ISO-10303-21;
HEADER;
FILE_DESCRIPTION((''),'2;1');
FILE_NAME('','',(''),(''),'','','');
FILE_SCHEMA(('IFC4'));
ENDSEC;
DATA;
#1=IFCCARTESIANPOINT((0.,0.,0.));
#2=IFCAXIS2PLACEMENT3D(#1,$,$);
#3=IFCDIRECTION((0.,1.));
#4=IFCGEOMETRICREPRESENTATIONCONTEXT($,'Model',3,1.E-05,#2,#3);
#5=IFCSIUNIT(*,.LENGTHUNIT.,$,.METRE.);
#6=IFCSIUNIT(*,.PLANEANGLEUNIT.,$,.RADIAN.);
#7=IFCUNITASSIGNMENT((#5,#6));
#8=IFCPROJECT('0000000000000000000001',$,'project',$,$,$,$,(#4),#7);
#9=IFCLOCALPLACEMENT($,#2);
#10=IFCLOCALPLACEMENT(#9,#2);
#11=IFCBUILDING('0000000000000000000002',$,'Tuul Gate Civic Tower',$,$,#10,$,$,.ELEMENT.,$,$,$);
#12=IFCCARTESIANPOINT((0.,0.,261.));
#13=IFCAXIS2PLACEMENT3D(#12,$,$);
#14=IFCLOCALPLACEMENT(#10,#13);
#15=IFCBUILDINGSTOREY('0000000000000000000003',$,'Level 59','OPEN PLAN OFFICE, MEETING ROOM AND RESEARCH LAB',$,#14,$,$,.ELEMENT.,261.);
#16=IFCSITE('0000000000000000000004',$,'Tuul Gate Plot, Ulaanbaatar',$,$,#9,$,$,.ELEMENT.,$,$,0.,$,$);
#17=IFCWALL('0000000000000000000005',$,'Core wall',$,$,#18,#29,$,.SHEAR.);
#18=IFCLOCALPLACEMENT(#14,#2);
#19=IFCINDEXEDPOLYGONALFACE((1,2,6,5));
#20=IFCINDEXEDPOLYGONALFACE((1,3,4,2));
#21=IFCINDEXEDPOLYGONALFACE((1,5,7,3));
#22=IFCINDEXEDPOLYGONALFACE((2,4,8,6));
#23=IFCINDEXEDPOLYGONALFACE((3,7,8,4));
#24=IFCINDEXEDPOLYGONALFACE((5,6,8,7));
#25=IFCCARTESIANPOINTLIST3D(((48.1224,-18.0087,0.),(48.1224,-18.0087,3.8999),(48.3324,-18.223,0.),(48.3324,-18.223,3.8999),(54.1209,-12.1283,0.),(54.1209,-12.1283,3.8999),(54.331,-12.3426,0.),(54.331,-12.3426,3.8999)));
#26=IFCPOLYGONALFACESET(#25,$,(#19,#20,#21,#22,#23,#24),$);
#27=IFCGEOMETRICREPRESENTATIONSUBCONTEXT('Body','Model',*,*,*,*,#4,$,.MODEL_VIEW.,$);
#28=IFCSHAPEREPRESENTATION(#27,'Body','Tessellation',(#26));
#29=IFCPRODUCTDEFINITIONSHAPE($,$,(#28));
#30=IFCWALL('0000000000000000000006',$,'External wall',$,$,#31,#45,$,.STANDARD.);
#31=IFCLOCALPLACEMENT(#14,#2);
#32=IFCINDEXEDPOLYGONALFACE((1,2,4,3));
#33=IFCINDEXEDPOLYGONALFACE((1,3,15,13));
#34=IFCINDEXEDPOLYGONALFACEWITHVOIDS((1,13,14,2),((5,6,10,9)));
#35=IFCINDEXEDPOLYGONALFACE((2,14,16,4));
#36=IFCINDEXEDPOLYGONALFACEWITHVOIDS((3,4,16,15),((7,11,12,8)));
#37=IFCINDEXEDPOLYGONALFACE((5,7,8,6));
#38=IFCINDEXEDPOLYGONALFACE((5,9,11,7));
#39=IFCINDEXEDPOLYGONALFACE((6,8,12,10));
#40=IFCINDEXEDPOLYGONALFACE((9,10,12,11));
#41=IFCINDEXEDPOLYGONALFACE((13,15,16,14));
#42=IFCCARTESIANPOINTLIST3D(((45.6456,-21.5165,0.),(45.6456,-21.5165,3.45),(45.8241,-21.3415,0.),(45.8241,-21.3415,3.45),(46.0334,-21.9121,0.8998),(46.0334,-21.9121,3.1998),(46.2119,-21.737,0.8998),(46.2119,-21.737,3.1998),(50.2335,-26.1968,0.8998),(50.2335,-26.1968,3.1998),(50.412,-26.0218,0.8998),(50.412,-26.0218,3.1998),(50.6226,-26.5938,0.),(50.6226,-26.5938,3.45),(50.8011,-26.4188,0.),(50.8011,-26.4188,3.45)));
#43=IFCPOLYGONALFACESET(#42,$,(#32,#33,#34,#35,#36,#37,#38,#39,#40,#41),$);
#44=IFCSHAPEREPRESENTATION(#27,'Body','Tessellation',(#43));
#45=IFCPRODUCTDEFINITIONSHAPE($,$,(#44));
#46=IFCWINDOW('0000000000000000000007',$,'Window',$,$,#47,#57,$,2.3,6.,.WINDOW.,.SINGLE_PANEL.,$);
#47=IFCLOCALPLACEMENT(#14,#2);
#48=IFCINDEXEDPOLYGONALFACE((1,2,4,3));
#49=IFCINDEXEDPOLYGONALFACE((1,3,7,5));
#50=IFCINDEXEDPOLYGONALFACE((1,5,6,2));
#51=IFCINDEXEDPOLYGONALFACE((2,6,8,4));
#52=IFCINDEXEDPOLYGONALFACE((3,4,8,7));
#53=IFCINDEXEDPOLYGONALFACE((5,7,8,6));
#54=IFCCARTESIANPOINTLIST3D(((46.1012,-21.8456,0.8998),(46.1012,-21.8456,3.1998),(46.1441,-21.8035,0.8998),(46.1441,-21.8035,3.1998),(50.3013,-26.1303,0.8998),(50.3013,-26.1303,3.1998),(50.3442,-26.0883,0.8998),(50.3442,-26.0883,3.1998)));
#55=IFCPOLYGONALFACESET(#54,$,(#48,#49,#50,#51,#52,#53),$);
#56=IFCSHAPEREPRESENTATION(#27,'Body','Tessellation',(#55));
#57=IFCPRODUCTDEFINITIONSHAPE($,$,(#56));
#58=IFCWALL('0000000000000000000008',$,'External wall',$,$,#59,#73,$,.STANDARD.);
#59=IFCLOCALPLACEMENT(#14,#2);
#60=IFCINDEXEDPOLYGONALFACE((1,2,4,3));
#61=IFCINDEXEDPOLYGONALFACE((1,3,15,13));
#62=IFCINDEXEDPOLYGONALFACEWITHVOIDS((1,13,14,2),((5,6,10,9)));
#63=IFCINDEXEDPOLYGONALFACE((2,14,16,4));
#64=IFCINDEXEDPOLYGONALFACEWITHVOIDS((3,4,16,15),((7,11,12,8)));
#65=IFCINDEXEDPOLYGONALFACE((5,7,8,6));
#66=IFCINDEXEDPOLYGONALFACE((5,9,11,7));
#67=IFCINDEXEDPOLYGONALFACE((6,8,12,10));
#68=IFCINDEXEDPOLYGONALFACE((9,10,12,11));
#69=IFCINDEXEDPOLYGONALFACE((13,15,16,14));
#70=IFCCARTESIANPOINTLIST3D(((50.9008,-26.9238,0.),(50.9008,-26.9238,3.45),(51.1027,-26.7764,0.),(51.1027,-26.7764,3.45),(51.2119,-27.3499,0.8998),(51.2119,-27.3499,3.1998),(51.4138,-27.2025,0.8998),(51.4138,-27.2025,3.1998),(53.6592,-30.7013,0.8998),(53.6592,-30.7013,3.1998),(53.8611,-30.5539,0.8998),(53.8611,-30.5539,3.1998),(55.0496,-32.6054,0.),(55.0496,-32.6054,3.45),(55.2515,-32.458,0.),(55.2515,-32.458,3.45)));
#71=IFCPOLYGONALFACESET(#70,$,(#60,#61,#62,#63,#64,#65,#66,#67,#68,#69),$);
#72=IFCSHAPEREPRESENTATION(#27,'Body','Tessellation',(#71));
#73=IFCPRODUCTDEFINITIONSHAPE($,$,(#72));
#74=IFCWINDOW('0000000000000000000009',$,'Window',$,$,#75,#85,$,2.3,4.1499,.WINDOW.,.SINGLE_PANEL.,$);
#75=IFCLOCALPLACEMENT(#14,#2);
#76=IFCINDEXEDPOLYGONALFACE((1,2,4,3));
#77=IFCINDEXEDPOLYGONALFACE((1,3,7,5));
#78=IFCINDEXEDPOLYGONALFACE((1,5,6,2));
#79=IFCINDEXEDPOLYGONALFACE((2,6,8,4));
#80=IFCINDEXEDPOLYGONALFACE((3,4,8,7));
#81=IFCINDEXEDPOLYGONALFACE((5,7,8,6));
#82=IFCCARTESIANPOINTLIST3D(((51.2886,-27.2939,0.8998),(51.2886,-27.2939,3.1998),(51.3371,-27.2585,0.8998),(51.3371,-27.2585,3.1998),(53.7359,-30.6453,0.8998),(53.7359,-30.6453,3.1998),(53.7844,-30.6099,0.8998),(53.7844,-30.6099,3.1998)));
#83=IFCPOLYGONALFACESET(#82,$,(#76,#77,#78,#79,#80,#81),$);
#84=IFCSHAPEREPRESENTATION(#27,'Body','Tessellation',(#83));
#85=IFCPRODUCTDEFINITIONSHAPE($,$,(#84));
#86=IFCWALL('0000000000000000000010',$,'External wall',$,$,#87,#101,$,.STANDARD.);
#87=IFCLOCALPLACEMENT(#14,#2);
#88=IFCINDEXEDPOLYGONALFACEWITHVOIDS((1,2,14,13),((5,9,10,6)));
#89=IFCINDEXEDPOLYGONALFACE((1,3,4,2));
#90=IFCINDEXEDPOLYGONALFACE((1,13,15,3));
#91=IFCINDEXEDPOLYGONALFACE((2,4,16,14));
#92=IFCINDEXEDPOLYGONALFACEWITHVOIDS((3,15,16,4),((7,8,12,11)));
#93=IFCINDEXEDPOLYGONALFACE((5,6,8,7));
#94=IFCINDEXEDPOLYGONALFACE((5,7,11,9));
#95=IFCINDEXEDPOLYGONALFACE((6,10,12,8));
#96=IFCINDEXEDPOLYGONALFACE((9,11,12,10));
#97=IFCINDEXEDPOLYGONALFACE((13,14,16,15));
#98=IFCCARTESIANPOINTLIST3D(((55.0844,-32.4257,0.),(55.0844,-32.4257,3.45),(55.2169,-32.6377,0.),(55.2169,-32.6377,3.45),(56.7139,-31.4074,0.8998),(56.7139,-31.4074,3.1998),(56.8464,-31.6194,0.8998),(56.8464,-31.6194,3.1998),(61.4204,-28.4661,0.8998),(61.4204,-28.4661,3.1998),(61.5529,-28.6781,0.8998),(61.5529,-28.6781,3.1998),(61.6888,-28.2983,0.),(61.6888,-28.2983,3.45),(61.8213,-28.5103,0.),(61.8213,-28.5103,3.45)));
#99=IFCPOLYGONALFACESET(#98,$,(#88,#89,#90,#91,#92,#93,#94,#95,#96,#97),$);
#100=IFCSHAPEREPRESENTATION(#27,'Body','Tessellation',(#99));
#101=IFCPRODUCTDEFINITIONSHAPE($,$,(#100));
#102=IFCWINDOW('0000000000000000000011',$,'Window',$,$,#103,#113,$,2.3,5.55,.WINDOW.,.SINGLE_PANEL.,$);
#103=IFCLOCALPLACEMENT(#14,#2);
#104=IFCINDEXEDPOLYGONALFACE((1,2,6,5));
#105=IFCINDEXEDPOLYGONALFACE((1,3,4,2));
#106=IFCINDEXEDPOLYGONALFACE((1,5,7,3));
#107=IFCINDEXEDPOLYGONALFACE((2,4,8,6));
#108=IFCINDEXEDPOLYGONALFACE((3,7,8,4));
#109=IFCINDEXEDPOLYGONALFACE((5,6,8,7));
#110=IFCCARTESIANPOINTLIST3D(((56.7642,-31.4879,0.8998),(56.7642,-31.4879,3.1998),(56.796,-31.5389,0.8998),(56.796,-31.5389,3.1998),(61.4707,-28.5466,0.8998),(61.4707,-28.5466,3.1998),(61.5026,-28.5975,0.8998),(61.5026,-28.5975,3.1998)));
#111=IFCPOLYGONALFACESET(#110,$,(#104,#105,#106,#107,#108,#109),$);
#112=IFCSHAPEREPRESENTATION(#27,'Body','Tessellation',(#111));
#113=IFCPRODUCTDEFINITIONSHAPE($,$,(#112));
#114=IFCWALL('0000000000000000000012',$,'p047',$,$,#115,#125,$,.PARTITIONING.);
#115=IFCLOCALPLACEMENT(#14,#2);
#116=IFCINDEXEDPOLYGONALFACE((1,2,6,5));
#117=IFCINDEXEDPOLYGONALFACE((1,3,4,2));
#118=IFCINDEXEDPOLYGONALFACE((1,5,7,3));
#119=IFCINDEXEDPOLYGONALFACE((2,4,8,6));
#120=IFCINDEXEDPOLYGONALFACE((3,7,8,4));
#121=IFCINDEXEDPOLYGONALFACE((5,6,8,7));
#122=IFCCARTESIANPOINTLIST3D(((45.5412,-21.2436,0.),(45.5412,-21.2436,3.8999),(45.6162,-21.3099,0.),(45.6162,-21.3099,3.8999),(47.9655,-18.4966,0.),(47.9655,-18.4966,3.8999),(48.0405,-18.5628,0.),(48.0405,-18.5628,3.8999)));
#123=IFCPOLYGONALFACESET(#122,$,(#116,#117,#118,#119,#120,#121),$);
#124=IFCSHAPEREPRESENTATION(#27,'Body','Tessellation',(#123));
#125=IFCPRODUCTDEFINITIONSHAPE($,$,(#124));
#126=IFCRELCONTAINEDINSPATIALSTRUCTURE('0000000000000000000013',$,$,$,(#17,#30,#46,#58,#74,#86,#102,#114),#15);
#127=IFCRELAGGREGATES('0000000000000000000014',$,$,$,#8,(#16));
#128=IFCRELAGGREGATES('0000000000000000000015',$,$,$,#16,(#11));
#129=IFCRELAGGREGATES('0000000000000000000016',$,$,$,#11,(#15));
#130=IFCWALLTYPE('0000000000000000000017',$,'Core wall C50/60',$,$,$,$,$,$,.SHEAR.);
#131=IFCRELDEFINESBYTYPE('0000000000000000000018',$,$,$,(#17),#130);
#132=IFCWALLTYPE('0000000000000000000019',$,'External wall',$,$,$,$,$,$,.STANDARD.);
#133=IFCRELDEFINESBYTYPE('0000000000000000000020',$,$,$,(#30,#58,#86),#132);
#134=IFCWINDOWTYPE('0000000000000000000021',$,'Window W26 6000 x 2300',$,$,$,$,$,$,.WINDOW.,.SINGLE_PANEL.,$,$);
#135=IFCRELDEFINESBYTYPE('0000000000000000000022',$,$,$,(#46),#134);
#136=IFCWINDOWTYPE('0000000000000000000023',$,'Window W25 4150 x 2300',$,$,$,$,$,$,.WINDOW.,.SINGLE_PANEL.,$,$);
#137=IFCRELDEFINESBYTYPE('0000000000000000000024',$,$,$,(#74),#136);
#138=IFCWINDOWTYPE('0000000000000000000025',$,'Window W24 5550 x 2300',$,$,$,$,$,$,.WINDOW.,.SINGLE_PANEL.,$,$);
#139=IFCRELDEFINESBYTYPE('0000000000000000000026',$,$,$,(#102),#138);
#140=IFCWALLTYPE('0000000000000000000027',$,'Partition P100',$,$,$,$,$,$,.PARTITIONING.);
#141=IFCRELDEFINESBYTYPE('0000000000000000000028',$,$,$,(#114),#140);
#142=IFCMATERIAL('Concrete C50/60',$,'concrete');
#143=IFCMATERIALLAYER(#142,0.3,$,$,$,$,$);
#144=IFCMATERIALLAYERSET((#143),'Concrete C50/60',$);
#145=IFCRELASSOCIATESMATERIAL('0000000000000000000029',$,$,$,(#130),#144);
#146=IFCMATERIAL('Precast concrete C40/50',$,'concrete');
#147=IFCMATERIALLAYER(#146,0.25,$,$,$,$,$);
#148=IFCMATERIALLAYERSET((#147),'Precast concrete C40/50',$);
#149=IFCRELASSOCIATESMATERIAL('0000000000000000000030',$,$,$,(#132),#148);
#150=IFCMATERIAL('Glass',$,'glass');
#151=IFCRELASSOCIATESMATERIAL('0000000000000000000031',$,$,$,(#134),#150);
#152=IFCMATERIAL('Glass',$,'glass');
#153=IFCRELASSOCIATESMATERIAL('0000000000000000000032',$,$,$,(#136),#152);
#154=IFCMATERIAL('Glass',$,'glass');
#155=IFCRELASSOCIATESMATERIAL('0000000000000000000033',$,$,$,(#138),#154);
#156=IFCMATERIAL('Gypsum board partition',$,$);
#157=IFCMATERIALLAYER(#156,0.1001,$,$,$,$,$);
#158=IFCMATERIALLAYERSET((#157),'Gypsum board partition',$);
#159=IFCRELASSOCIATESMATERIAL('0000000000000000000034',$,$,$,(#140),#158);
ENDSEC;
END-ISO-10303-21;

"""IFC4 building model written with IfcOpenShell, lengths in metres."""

from ifc_helpers import new_model, si_unit, direction, frame, frame_2d, origin, place, context, subcontext, project, spatial, rectangle, extrude, material, layer, layer_set, type_object, element, fill, save


model = new_model("IFC4")

# Units and contexts
model_context = context("Model", 3, precision=1e-05, world=origin(), true_north=direction((0.0, 1.0)))
body_context = subcontext(model_context, "Body", "Model", "MODEL_VIEW")
ifc_project = project(units=[si_unit("LENGTHUNIT", "METRE"), si_unit("PLANEANGLEUNIT", "RADIAN")], contexts=[model_context])

# Site, building, storey
site_placement = place(None, origin())
site = spatial("IfcSite", under=ifc_project, at=site_placement, Name="Tuul Gate Plot, Ulaanbaatar", CompositionType="ELEMENT", RefElevation=0.0)
building_placement = place(site_placement, origin())
building = spatial("IfcBuilding", under=site, at=building_placement, Name="Tuul Gate Civic Tower", CompositionType="ELEMENT")
storey_placement = place(building_placement, frame((0.0, 0.0, 261.0)))
storey = spatial("IfcBuildingStorey", under=building, at=storey_placement, Name="Level 59", Description="OPEN PLAN OFFICE, MEETING ROOM AND RESEARCH LAB", CompositionType="ELEMENT", Elevation=261.0)

# Shared definitions
ifc_material_1 = material(Name="Concrete C50/60", Category="concrete")
ifc_layer_1 = layer(ifc_material_1, 0.3)
ifc_layer_set_1 = layer_set([ifc_layer_1], Name="Concrete C50/60")
wall_type_1 = type_object("IfcWallType", Name="Core wall C50/60", PredefinedType="SHEAR", material=ifc_layer_set_1)

# Wall
wall_1_placement = place(storey_placement, frame((48.2273, -18.116, 0.0), z_axis=(0.0, 0.0, 1.0), x_axis=(0.714105, 0.700038, 0.0)))
element("IfcWall", 1, at=wall_1_placement, inside=storey, type_object=wall_type_1, Name="Core wall", PredefinedType="SHEAR", context=body_context, shape_type="SweptSolid", body=[
    extrude(rectangle(XDim=8.4001, YDim=0.3, at=frame_2d((4.2002, 0.0))), origin(), (0.0, 0.0, 1.0), 3.8999),
])

# Walls, openings, windows
ifc_material_2 = material(Name="Precast concrete C40/50", Category="concrete")
ifc_layer_2 = layer(ifc_material_2, 0.25)
ifc_layer_set_2 = layer_set([ifc_layer_2], Name="Precast concrete C40/50")
wall_type_2 = type_object("IfcWallType", Name="External wall", PredefinedType="STANDARD", material=ifc_layer_set_2)
wall_2_placement = place(storey_placement, frame((45.7349, -21.429, 0.0), z_axis=(0.0, 0.0, 1.0), x_axis=(0.700015, -0.714128, 0.0)))
wall_2 = element("IfcWall", 2, at=wall_2_placement, inside=storey, type_object=wall_type_2, Name="External wall", PredefinedType="STANDARD", context=body_context, shape_type="SweptSolid", body=[
    extrude(rectangle(XDim=7.1099, YDim=0.25, at=frame_2d((3.5549, 0.0))), origin(), (0.0, 0.0, 1.0), 3.45),
])
opening_1_placement = place(wall_2_placement, frame((0.554, 0.0, 0.8999)))
opening_1 = element("IfcOpeningElement", 3, at=opening_1_placement, cuts=wall_2, PredefinedType="OPENING", context=body_context, shape_type="SweptSolid", body=[
    extrude(rectangle(XDim=6.0, YDim=2.3, at=frame_2d((3.0, 1.1499))), frame((0.0, 0.135, 0.0), z_axis=(0.0, -1.0, 0.0), x_axis=(1.0, 0.0, 0.0)), (0.0, 0.0, 1.0), 0.27),
])
ifc_material_3 = material(Name="Glass", Category="glass")
window_type_1 = type_object("IfcWindowType", Name="Window W26 6000 x 2300", PartitioningType="SINGLE_PANEL", PredefinedType="WINDOW", material=ifc_material_3)
window_1_placement = place(opening_1_placement, origin())
window_1 = element("IfcWindow", 4, at=window_1_placement, inside=storey, type_object=window_type_1, Name="Window", OverallHeight=2.3, OverallWidth=6.0, PartitioningType="SINGLE_PANEL", PredefinedType="WINDOW", context=body_context, shape_type="SweptSolid", body=[
    extrude(rectangle(XDim=6.0, YDim=2.3, at=frame_2d((3.0, 1.1499))), frame((0.0, 0.03, 0.0), z_axis=(0.0, -1.0, 0.0), x_axis=(1.0, 0.0, 0.0)), (0.0, 0.0, 1.0), 0.0601),
])
fill(opening_1, window_1)
wall_3_placement = place(storey_placement, frame((51.0017, -26.8501, 0.0), z_axis=(0.0, 0.0, 1.0), x_axis=(0.589735, -0.807597, 0.0)))
wall_3 = element("IfcWall", 5, at=wall_3_placement, inside=storey, type_object=wall_type_2, Name="External wall", PredefinedType="STANDARD", context=body_context, shape_type="SweptSolid", body=[
    extrude(rectangle(XDim=7.0352, YDim=0.25, at=frame_2d((3.5176, 0.0))), origin(), (0.0, 0.0, 1.0), 3.45),
])
opening_2_placement = place(wall_3_placement, frame((0.5276, 0.0, 0.8999)))
opening_2 = element("IfcOpeningElement", 6, at=opening_2_placement, cuts=wall_3, PredefinedType="OPENING", context=body_context, shape_type="SweptSolid", body=[
    extrude(rectangle(XDim=4.1499, YDim=2.3, at=frame_2d((2.075, 1.1499))), frame((0.0, 0.135, 0.0), z_axis=(0.0, -1.0, 0.0), x_axis=(1.0, 0.0, 0.0)), (0.0, 0.0, 1.0), 0.27),
])
ifc_material_4 = material(Name="Glass", Category="glass")
window_type_2 = type_object("IfcWindowType", Name="Window W25 4150 x 2300", PartitioningType="SINGLE_PANEL", PredefinedType="WINDOW", material=ifc_material_4)
window_2_placement = place(opening_2_placement, origin())
window_2 = element("IfcWindow", 7, at=window_2_placement, inside=storey, type_object=window_type_2, Name="Window", OverallHeight=2.3, OverallWidth=4.1499, PartitioningType="SINGLE_PANEL", PredefinedType="WINDOW", context=body_context, shape_type="SweptSolid", body=[
    extrude(rectangle(XDim=4.1499, YDim=2.3, at=frame_2d((2.075, 1.1499))), frame((0.0, 0.03, 0.0), z_axis=(0.0, -1.0, 0.0), x_axis=(1.0, 0.0, 0.0)), (0.0, 0.0, 1.0), 0.0601),
])
fill(opening_2, window_2)
wall_4_placement = place(storey_placement, frame((55.1506, -32.5317, 0.0), z_axis=(0.0, 0.0, 1.0), x_axis=(0.848019, 0.529965, 0.0)))
wall_4 = element("IfcWall", 8, at=wall_4_placement, inside=storey, type_object=wall_type_2, Name="External wall", PredefinedType="STANDARD", context=body_context, shape_type="SweptSolid", body=[
    extrude(rectangle(XDim=7.7881, YDim=0.25, at=frame_2d((3.894, 0.0))), origin(), (0.0, 0.0, 1.0), 3.45),
])
opening_3_placement = place(wall_4_placement, frame((1.9216, 0.0, 0.8999)))
opening_3 = element("IfcOpeningElement", 9, at=opening_3_placement, cuts=wall_4, PredefinedType="OPENING", context=body_context, shape_type="SweptSolid", body=[
    extrude(rectangle(XDim=5.55, YDim=2.3, at=frame_2d((2.7749, 1.1499))), frame((0.0, 0.135, 0.0), z_axis=(0.0, -1.0, 0.0), x_axis=(1.0, 0.0, 0.0)), (0.0, 0.0, 1.0), 0.27),
])
ifc_material_5 = material(Name="Glass", Category="glass")
window_type_3 = type_object("IfcWindowType", Name="Window W24 5550 x 2300", PartitioningType="SINGLE_PANEL", PredefinedType="WINDOW", material=ifc_material_5)
window_3_placement = place(opening_3_placement, origin())
window_3 = element("IfcWindow", 10, at=window_3_placement, inside=storey, type_object=window_type_3, Name="Window", OverallHeight=2.3, OverallWidth=5.55, PartitioningType="SINGLE_PANEL", PredefinedType="WINDOW", context=body_context, shape_type="SweptSolid", body=[
    extrude(rectangle(XDim=5.55, YDim=2.3, at=frame_2d((2.7749, 1.1499))), frame((0.0, 0.03, 0.0), z_axis=(0.0, -1.0, 0.0), x_axis=(1.0, 0.0, 0.0)), (0.0, 0.0, 1.0), 0.0601),
])
fill(opening_3, window_3)

# Wall
ifc_material_6 = material(Name="Gypsum board partition")
ifc_layer_3 = layer(ifc_material_6, 0.1001)
ifc_layer_set_3 = layer_set([ifc_layer_3], Name="Gypsum board partition")
wall_type_3 = type_object("IfcWallType", Name="Partition P100", PredefinedType="PARTITIONING", material=ifc_layer_set_3)
wall_5_placement = place(storey_placement, frame((45.5786, -21.2769, 0.0), z_axis=(0.0, 0.0, 1.0), x_axis=(0.661688, 0.74978, 0.0)))
element("IfcWall", 11, at=wall_5_placement, inside=storey, type_object=wall_type_3, Name="p047", PredefinedType="PARTITIONING", context=body_context, shape_type="SweptSolid", body=[
    extrude(rectangle(XDim=3.6638, YDim=0.1001, at=frame_2d((1.832, 0.0))), origin(), (0.0, 0.0, 1.0), 3.8999),
])

save(model, "model.ifc")
